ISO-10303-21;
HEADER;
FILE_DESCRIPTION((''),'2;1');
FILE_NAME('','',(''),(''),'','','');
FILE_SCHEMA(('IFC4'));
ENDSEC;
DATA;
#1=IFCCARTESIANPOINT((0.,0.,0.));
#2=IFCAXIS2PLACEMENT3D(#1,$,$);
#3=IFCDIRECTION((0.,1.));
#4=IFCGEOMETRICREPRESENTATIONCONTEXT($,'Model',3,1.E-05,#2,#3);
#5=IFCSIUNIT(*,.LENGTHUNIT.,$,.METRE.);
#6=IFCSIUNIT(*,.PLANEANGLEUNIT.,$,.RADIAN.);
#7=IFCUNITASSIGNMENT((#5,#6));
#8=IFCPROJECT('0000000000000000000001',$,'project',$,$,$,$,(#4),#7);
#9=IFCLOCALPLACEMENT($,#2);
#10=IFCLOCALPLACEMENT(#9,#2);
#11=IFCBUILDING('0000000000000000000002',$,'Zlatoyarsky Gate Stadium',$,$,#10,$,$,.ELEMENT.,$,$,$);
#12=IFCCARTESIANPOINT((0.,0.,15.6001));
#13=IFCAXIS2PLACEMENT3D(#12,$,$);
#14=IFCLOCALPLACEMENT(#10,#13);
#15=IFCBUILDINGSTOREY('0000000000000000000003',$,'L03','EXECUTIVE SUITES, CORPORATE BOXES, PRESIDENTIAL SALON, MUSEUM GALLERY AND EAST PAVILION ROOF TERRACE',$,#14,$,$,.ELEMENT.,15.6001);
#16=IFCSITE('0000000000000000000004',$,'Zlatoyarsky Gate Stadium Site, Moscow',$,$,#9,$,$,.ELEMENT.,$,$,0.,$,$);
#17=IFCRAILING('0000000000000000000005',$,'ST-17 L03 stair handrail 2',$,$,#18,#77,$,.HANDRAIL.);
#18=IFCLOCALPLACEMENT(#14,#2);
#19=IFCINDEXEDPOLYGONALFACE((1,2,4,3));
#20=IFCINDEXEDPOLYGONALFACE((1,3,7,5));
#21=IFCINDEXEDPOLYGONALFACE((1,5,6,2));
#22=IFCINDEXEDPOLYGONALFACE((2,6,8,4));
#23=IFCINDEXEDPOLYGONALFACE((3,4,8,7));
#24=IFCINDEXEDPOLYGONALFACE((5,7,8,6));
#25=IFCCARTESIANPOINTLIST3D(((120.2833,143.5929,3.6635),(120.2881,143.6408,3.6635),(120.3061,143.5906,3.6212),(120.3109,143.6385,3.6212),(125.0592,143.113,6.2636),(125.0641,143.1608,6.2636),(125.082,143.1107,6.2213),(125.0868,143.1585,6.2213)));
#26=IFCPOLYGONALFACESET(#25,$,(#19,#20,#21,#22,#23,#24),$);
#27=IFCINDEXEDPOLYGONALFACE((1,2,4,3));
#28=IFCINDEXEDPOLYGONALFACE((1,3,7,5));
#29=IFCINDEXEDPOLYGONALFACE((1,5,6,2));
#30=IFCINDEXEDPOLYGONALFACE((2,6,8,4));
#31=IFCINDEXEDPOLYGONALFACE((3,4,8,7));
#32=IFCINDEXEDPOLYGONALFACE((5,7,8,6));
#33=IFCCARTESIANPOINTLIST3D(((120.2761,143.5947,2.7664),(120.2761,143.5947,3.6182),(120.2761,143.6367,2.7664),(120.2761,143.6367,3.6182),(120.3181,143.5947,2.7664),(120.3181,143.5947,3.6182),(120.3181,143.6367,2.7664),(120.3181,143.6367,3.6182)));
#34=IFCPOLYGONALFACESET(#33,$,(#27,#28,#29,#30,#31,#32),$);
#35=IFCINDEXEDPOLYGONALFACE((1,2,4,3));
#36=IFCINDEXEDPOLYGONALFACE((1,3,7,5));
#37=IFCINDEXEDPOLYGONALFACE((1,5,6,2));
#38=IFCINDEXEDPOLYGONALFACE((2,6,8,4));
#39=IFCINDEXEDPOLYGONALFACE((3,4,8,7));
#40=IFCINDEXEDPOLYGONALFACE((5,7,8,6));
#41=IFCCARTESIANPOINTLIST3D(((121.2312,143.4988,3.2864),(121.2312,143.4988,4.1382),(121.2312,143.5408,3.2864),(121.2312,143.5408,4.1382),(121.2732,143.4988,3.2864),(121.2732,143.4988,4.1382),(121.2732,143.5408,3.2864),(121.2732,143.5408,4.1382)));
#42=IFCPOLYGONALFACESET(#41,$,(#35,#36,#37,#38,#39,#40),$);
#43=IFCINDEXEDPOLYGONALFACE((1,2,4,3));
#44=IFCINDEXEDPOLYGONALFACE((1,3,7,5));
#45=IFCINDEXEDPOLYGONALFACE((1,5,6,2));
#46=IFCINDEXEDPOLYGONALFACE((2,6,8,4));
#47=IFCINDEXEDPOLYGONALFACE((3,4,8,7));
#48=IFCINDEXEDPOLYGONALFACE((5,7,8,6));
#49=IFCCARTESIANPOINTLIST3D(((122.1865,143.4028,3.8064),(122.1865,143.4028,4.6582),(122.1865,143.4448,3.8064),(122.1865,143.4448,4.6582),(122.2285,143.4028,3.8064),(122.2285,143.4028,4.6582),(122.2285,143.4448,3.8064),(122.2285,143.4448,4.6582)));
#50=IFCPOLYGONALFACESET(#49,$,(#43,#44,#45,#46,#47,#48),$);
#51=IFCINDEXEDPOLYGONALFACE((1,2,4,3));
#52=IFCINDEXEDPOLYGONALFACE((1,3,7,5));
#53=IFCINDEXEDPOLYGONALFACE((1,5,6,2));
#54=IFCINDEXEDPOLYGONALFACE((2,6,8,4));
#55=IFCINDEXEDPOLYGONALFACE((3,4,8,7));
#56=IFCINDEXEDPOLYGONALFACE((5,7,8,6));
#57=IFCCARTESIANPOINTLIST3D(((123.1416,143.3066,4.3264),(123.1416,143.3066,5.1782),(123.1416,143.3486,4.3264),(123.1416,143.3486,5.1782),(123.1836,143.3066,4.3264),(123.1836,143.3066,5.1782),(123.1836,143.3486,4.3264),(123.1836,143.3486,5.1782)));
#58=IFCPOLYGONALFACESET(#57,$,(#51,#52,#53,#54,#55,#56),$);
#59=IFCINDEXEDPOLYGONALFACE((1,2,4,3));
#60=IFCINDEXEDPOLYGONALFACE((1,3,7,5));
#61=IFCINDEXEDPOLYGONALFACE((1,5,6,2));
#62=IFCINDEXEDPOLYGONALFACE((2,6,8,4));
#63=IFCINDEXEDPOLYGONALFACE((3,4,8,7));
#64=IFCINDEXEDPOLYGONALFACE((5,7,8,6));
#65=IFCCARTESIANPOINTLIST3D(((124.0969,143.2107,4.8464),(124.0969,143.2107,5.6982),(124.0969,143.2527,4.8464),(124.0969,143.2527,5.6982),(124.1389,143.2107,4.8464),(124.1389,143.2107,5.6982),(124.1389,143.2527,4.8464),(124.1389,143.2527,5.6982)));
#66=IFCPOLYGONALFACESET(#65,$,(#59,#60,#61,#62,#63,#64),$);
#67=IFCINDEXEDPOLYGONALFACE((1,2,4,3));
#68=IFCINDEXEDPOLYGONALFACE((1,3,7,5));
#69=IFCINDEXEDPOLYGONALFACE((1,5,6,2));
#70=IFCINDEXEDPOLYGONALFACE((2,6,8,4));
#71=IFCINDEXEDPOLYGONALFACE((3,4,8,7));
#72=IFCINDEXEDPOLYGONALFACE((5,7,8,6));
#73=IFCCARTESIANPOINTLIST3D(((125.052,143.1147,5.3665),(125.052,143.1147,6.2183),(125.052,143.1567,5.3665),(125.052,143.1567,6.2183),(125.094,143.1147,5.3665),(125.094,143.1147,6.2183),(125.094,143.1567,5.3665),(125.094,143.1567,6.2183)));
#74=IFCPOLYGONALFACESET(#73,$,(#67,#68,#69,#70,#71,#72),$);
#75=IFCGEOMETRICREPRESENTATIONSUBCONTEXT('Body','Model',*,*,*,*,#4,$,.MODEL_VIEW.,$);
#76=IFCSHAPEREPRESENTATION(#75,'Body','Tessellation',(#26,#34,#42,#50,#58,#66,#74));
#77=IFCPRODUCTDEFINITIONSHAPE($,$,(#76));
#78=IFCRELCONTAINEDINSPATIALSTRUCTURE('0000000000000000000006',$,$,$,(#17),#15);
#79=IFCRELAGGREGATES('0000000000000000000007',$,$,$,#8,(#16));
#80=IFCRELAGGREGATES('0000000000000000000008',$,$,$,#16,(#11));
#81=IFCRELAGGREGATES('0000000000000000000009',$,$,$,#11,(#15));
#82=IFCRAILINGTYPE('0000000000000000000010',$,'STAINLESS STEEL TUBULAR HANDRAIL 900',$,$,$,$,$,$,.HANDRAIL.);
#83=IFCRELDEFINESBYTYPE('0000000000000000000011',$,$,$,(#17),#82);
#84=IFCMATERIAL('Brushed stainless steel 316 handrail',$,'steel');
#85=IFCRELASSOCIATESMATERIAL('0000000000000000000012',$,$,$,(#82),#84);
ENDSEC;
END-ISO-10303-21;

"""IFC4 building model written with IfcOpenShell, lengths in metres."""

from ifc_helpers import new_model, si_unit, direction, frame, origin, origin_2d, place, context, subcontext, project, spatial, rectangle, extrude, material, type_object, element, save


model = new_model("IFC4")

# Units and contexts
model_context = context("Model", 3, precision=1e-05, world=origin(), true_north=direction((0.0, 1.0)))
body_context = subcontext(model_context, "Body", "Model", "MODEL_VIEW")
ifc_project = project(units=[si_unit("LENGTHUNIT", "METRE"), si_unit("PLANEANGLEUNIT", "RADIAN")], contexts=[model_context])

# Site, building, storey
site_placement = place(None, origin())
site = spatial("IfcSite", under=ifc_project, at=site_placement, Name="Zlatoyarsky Gate Stadium Site, Moscow", CompositionType="ELEMENT", RefElevation=0.0)
building_placement = place(site_placement, origin())
building = spatial("IfcBuilding", under=site, at=building_placement, Name="Zlatoyarsky Gate Stadium", CompositionType="ELEMENT")
storey_placement = place(building_placement, frame((0.0, 0.0, 15.6001)))
storey = spatial("IfcBuildingStorey", under=building, at=storey_placement, Name="L03", Description="EXECUTIVE SUITES, CORPORATE BOXES, PRESIDENTIAL SALON, MUSEUM GALLERY AND EAST PAVILION ROOF TERRACE", CompositionType="ELEMENT", Elevation=15.6001)

# Railing
ifc_material_1 = material(Name="Brushed stainless steel 316 handrail", Category="steel")
railing_type_1 = type_object("IfcRailingType", Name="STAINLESS STEEL TUBULAR HANDRAIL 900", PredefinedType="HANDRAIL", material=ifc_material_1)
railing_1_placement = place(storey_placement, frame((120.2971, 143.6157, 2.7664)))
element("IfcRailing", 1, at=railing_1_placement, inside=storey, type_object=railing_type_1, Name="ST-17 L03 stair handrail 2", PredefinedType="HANDRAIL", context=body_context, shape_type="SweptSolid", body=[
    extrude(rectangle(XDim=0.0481, YDim=0.0481, at=origin_2d()), frame((0.0, 0.0, 0.876), z_axis=(0.874875, -0.087926, 0.476302), x_axis=(0.099997, 0.994988, 0.0)), (0.0, 0.0, 1.0), 5.459),
    extrude(rectangle(XDim=0.042, YDim=0.042, at=origin_2d()), origin(), (0.0, 0.0, 1.0), 0.8518),
    extrude(rectangle(XDim=0.042, YDim=0.042, at=origin_2d()), frame((0.9551, -0.0959, 0.52)), (0.0, 0.0, 1.0), 0.8518),
    extrude(rectangle(XDim=0.042, YDim=0.042, at=origin_2d()), frame((1.9104, -0.1919, 1.04)), (0.0, 0.0, 1.0), 0.8518),
    extrude(rectangle(XDim=0.042, YDim=0.042, at=origin_2d()), frame((2.8655, -0.2881, 1.5601)), (0.0, 0.0, 1.0), 0.8518),
    extrude(rectangle(XDim=0.042, YDim=0.042, at=origin_2d()), frame((3.8208, -0.384, 2.0801)), (0.0, 0.0, 1.0), 0.8518),
    extrude(rectangle(XDim=0.042, YDim=0.042, at=origin_2d()), frame((4.7759, -0.48, 2.6001)), (0.0, 0.0, 1.0), 0.8518),
])

save(model, "model.ifc")
